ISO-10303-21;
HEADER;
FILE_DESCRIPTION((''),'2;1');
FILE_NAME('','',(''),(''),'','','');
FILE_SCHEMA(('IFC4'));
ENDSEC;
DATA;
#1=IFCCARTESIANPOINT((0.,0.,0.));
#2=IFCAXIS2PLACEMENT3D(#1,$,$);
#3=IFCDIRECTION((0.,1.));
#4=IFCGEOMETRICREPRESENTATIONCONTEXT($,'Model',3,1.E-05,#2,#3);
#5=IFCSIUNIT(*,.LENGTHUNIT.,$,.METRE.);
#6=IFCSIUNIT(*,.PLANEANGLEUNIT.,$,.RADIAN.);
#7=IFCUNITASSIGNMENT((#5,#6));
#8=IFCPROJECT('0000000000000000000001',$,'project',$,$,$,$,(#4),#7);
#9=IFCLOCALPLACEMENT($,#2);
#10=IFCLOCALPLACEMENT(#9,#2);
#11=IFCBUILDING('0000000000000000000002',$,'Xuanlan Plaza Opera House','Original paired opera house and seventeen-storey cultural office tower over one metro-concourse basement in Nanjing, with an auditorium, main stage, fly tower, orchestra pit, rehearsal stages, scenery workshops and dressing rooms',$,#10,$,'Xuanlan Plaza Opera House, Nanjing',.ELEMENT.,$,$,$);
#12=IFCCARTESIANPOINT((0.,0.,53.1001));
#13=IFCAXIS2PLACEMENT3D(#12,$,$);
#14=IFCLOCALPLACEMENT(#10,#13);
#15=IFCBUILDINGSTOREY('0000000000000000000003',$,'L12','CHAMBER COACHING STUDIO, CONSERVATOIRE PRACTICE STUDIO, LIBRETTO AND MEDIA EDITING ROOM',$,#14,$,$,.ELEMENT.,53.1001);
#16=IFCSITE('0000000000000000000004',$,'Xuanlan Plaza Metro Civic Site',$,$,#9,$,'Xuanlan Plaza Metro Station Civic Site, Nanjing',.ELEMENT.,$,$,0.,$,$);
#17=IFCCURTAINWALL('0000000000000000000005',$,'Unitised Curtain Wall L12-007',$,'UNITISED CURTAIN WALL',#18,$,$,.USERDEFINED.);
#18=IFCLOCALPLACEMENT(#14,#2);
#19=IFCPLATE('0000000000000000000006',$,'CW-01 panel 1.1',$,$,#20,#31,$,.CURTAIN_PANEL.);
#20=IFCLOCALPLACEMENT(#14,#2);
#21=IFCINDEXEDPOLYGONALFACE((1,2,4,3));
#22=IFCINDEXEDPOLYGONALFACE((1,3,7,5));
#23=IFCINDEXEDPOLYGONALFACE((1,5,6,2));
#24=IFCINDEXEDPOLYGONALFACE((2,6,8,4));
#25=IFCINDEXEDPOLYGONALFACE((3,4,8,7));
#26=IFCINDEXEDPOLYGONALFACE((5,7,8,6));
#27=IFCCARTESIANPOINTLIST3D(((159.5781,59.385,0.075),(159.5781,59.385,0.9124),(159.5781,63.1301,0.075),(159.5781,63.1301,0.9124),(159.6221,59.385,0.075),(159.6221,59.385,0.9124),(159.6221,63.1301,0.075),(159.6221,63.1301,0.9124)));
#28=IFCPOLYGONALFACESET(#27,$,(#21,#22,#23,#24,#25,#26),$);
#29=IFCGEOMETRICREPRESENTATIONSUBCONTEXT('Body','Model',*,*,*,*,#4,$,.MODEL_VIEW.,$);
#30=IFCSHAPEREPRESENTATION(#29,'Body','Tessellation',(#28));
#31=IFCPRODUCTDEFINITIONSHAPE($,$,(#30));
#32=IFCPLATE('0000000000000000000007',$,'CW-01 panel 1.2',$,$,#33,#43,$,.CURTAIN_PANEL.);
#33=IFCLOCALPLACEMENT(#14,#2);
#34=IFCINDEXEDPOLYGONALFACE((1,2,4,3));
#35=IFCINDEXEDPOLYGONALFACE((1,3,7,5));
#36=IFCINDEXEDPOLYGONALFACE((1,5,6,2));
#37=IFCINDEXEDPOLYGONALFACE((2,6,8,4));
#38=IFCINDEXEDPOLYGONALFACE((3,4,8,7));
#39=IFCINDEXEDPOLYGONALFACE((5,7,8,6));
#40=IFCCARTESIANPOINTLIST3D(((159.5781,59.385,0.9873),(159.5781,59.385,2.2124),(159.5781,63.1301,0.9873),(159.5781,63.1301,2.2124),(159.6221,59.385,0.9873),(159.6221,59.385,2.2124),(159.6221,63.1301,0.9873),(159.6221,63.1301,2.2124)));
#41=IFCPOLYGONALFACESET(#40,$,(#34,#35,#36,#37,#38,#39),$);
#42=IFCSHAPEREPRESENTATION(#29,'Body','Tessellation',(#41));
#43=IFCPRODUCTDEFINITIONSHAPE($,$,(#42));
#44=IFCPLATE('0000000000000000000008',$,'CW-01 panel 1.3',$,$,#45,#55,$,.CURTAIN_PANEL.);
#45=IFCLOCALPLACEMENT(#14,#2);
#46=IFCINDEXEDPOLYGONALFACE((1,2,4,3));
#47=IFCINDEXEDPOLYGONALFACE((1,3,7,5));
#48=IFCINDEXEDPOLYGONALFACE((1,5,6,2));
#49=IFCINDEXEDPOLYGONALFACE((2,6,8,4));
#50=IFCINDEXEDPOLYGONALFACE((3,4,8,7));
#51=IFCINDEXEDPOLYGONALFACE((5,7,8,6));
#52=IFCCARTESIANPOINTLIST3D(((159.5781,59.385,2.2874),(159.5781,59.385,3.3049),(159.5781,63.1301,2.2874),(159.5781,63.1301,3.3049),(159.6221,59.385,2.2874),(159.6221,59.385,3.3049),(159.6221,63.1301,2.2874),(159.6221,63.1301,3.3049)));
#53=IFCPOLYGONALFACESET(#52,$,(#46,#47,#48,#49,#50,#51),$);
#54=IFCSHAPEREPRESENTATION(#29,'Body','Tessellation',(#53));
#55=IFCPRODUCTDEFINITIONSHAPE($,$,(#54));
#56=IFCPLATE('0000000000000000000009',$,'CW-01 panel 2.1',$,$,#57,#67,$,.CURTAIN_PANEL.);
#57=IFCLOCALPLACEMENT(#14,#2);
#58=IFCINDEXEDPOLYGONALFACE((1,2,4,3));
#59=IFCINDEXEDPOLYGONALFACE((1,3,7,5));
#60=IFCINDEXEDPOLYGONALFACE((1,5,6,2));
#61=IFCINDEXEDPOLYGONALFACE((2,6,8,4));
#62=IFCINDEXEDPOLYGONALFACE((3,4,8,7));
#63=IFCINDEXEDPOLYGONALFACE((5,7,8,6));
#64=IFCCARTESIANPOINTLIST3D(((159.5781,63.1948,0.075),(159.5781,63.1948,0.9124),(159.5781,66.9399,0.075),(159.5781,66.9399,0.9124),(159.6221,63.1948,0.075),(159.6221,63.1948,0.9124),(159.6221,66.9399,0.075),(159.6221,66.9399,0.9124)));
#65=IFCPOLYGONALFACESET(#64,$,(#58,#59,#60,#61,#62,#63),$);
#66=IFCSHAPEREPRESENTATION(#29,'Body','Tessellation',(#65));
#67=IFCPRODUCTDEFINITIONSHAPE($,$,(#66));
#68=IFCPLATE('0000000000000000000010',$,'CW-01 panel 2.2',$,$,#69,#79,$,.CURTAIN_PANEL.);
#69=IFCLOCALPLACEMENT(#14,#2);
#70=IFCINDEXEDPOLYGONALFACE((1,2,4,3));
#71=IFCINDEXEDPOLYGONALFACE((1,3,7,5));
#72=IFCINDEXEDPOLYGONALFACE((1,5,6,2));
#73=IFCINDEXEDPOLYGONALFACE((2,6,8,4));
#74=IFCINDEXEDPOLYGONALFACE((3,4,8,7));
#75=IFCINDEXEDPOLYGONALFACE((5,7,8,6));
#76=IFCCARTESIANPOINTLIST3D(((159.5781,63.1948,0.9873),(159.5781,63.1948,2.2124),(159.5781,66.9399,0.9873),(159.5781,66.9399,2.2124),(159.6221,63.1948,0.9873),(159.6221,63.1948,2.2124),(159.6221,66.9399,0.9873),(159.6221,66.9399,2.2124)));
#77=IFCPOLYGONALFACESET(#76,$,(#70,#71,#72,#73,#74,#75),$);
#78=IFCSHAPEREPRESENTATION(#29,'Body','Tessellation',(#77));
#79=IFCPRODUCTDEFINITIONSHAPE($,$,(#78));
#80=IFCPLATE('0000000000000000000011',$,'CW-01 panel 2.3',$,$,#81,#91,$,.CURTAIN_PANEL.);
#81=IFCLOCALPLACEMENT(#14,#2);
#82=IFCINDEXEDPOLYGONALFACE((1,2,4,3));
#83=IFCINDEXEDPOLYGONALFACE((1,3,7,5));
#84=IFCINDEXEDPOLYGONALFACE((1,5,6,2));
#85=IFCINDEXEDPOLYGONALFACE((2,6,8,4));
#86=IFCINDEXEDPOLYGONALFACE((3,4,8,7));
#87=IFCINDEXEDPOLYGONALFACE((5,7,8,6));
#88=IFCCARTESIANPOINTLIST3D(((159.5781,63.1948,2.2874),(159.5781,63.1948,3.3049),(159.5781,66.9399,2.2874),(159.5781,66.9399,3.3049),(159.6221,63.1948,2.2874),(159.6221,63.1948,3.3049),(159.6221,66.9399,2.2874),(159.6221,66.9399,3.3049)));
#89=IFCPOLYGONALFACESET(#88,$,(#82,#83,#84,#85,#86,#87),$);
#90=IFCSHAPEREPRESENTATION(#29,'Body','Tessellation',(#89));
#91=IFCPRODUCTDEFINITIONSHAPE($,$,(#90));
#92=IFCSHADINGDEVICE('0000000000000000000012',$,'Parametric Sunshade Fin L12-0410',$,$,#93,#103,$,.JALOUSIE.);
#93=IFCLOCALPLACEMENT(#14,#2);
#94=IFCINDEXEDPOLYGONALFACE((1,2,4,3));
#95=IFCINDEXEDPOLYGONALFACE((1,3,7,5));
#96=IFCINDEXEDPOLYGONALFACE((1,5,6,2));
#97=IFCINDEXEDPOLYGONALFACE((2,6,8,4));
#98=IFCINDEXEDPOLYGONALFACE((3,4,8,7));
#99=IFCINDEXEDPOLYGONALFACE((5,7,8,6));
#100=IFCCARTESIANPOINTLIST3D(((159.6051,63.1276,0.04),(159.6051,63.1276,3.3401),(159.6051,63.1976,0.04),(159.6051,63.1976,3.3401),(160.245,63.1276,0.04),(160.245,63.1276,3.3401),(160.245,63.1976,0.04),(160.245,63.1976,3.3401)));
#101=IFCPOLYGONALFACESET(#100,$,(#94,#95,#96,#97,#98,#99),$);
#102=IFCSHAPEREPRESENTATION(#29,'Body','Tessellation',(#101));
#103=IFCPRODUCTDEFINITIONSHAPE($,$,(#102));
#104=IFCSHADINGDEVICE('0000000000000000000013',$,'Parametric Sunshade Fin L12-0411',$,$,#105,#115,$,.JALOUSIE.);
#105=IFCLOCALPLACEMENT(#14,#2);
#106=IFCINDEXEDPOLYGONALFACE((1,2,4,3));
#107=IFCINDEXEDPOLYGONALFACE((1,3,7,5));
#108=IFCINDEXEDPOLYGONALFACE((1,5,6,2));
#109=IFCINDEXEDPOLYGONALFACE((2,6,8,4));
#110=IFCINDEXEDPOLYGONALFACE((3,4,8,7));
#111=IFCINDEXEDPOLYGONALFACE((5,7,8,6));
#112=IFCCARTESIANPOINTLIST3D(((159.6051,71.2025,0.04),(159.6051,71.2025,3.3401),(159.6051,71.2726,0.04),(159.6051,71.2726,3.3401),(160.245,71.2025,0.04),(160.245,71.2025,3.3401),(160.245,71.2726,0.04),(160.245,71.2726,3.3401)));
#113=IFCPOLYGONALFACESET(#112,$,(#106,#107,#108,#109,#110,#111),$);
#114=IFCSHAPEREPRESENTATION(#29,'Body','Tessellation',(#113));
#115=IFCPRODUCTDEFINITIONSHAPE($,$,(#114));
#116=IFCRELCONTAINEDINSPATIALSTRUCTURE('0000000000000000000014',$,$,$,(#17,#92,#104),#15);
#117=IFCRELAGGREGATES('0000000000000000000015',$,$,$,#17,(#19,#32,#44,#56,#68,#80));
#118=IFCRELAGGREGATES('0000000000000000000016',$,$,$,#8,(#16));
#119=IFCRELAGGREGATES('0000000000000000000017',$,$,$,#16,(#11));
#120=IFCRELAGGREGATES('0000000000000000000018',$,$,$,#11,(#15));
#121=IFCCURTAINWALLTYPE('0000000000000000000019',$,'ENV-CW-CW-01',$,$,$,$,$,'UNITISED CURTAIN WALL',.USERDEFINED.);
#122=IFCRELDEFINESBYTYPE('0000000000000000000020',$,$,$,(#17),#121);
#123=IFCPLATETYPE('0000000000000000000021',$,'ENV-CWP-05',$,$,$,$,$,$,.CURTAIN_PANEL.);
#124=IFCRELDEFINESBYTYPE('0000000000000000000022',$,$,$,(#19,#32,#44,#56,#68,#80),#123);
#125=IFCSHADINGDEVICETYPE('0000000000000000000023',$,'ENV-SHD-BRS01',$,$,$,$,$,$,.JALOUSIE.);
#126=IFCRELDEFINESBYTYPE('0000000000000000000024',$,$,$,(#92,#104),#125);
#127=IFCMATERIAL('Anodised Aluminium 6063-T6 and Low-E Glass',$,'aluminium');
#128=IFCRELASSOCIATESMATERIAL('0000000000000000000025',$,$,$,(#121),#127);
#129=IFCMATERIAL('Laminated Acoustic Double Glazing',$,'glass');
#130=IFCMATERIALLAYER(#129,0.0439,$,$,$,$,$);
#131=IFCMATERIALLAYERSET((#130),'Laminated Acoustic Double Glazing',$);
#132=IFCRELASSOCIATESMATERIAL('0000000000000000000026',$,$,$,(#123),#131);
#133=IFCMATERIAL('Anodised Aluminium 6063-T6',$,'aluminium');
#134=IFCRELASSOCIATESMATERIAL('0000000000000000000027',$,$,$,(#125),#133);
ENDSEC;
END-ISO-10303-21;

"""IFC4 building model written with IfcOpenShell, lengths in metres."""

from ifc_helpers import new_model, si_unit, direction, frame, origin, origin_2d, place, context, subcontext, project, spatial, rectangle, extrude, material, layer, layer_set, type_object, element, aggregate, save


model = new_model("IFC4")

# Units and contexts
model_context = context("Model", 3, precision=1e-05, world=origin(), true_north=direction((0.0, 1.0)))
body_context = subcontext(model_context, "Body", "Model", "MODEL_VIEW")
ifc_project = project(units=[si_unit("LENGTHUNIT", "METRE"), si_unit("PLANEANGLEUNIT", "RADIAN")], contexts=[model_context])

# Site, building, storey
site_placement = place(None, origin())
site = spatial("IfcSite", under=ifc_project, at=site_placement, Name="Xuanlan Plaza Metro Civic Site", LongName="Xuanlan Plaza Metro Station Civic Site, Nanjing", CompositionType="ELEMENT", RefElevation=0.0)
building_placement = place(site_placement, origin())
building = spatial("IfcBuilding", under=site, at=building_placement, Name="Xuanlan Plaza Opera House", Description="Original paired opera house and seventeen-storey cultural office tower over one metro-concourse basement in Nanjing, with an auditorium, main stage, fly tower, orchestra pit, rehearsal stages, scenery workshops and dressing rooms", LongName="Xuanlan Plaza Opera House, Nanjing", CompositionType="ELEMENT")
storey_placement = place(building_placement, frame((0.0, 0.0, 53.1001)))
storey = spatial("IfcBuildingStorey", under=building, at=storey_placement, Name="L12", Description="CHAMBER COACHING STUDIO, CONSERVATOIRE PRACTICE STUDIO, LIBRETTO AND MEDIA EDITING ROOM", CompositionType="ELEMENT", Elevation=53.1001)

# Curtain wall
ifc_material_1 = material(Name="Anodised Aluminium 6063-T6 and Low-E Glass", Category="aluminium")
curtain_wall_type_1 = type_object("IfcCurtainWallType", Name="ENV-CW-CW-01", ElementType="UNITISED CURTAIN WALL", PredefinedType="USERDEFINED", material=ifc_material_1)
curtain_wall_1_placement = place(storey_placement, origin())
curtain_wall_1 = element("IfcCurtainWall", 1, at=curtain_wall_1_placement, inside=storey, type_object=curtain_wall_type_1, Name="Unitised Curtain Wall L12-007", ObjectType="UNITISED CURTAIN WALL", PredefinedType="USERDEFINED")
ifc_material_2 = material(Name="Anodised Aluminium 6063-T6", Category="aluminium")

# Plates
ifc_material_3 = material(Name="Laminated Acoustic Double Glazing", Category="glass")
ifc_layer_1 = layer(ifc_material_3, 0.0439)
ifc_layer_set_1 = layer_set([ifc_layer_1], Name="Laminated Acoustic Double Glazing")
plate_type_1 = type_object("IfcPlateType", Name="ENV-CWP-05", PredefinedType="CURTAIN_PANEL", material=ifc_layer_set_1)
plate_1_placement = place(storey_placement, frame((159.6001, 61.2576, 0.075), z_axis=(0.0, 0.0, 1.0), x_axis=(0.0, 1.0, 0.0)))
plate_1 = element("IfcPlate", 2, at=plate_1_placement, type_object=plate_type_1, Name="CW-01 panel 1.1", PredefinedType="CURTAIN_PANEL", context=body_context, shape_type="SweptSolid", body=[
    extrude(rectangle(XDim=3.7451, YDim=0.0439, at=origin_2d()), origin(), (0.0, 0.0, 1.0), 0.8374),
])
plate_2_placement = place(storey_placement, frame((159.6001, 61.2576, 0.9873), z_axis=(0.0, 0.0, 1.0), x_axis=(0.0, 1.0, 0.0)))
plate_2 = element("IfcPlate", 3, at=plate_2_placement, type_object=plate_type_1, Name="CW-01 panel 1.2", PredefinedType="CURTAIN_PANEL", context=body_context, shape_type="SweptSolid", body=[
    extrude(rectangle(XDim=3.7451, YDim=0.0439, at=origin_2d()), origin(), (0.0, 0.0, 1.0), 1.2251),
])
plate_3_placement = place(storey_placement, frame((159.6001, 61.2576, 2.2874), z_axis=(0.0, 0.0, 1.0), x_axis=(0.0, 1.0, 0.0)))
plate_3 = element("IfcPlate", 4, at=plate_3_placement, type_object=plate_type_1, Name="CW-01 panel 1.3", PredefinedType="CURTAIN_PANEL", context=body_context, shape_type="SweptSolid", body=[
    extrude(rectangle(XDim=3.7451, YDim=0.0439, at=origin_2d()), origin(), (0.0, 0.0, 1.0), 1.0176),
])
plate_4_placement = place(storey_placement, frame((159.6001, 65.0674, 0.075), z_axis=(0.0, 0.0, 1.0), x_axis=(0.0, 1.0, 0.0)))
plate_4 = element("IfcPlate", 5, at=plate_4_placement, type_object=plate_type_1, Name="CW-01 panel 2.1", PredefinedType="CURTAIN_PANEL", context=body_context, shape_type="SweptSolid", body=[
    extrude(rectangle(XDim=3.7451, YDim=0.0439, at=origin_2d()), origin(), (0.0, 0.0, 1.0), 0.8374),
])
plate_5_placement = place(storey_placement, frame((159.6001, 65.0674, 0.9873), z_axis=(0.0, 0.0, 1.0), x_axis=(0.0, 1.0, 0.0)))
plate_5 = element("IfcPlate", 6, at=plate_5_placement, type_object=plate_type_1, Name="CW-01 panel 2.2", PredefinedType="CURTAIN_PANEL", context=body_context, shape_type="SweptSolid", body=[
    extrude(rectangle(XDim=3.7451, YDim=0.0439, at=origin_2d()), origin(), (0.0, 0.0, 1.0), 1.2251),
])
plate_6_placement = place(storey_placement, frame((159.6001, 65.0674, 2.2874), z_axis=(0.0, 0.0, 1.0), x_axis=(0.0, 1.0, 0.0)))
plate_6 = element("IfcPlate", 7, at=plate_6_placement, type_object=plate_type_1, Name="CW-01 panel 2.3", PredefinedType="CURTAIN_PANEL", context=body_context, shape_type="SweptSolid", body=[
    extrude(rectangle(XDim=3.7451, YDim=0.0439, at=origin_2d()), origin(), (0.0, 0.0, 1.0), 1.0176),
])
aggregate(curtain_wall_1, [plate_1, plate_2, plate_3, plate_4, plate_5, plate_6])

# Shading devices
shading_device_type = type_object("IfcShadingDeviceType", Name="ENV-SHD-BRS01", PredefinedType="JALOUSIE", material=ifc_material_2)
for number, where, z_axis, x_axis, name in (
    (8, (159.925, 63.1626, 0.04), (0.0, 0.0, 1.0), (1.0, 0.0, 0.0), "Parametric Sunshade Fin L12-0410"),
    (9, (159.925, 71.2375, 0.04), (0.0, 0.0, 1.0), (1.0, 0.0, 0.0), "Parametric Sunshade Fin L12-0411"),
):
    element("IfcShadingDevice", number, at=place(storey_placement, frame(where, z_axis=z_axis, x_axis=x_axis)), inside=storey, type_object=shading_device_type, Name=name, PredefinedType="JALOUSIE", context=body_context, shape_type="SweptSolid", body=[
        extrude(rectangle(XDim=0.6399, YDim=0.0701, at=origin_2d()), origin(), (0.0, 0.0, 1.0), 3.3),
    ])

save(model, "model.ifc")
